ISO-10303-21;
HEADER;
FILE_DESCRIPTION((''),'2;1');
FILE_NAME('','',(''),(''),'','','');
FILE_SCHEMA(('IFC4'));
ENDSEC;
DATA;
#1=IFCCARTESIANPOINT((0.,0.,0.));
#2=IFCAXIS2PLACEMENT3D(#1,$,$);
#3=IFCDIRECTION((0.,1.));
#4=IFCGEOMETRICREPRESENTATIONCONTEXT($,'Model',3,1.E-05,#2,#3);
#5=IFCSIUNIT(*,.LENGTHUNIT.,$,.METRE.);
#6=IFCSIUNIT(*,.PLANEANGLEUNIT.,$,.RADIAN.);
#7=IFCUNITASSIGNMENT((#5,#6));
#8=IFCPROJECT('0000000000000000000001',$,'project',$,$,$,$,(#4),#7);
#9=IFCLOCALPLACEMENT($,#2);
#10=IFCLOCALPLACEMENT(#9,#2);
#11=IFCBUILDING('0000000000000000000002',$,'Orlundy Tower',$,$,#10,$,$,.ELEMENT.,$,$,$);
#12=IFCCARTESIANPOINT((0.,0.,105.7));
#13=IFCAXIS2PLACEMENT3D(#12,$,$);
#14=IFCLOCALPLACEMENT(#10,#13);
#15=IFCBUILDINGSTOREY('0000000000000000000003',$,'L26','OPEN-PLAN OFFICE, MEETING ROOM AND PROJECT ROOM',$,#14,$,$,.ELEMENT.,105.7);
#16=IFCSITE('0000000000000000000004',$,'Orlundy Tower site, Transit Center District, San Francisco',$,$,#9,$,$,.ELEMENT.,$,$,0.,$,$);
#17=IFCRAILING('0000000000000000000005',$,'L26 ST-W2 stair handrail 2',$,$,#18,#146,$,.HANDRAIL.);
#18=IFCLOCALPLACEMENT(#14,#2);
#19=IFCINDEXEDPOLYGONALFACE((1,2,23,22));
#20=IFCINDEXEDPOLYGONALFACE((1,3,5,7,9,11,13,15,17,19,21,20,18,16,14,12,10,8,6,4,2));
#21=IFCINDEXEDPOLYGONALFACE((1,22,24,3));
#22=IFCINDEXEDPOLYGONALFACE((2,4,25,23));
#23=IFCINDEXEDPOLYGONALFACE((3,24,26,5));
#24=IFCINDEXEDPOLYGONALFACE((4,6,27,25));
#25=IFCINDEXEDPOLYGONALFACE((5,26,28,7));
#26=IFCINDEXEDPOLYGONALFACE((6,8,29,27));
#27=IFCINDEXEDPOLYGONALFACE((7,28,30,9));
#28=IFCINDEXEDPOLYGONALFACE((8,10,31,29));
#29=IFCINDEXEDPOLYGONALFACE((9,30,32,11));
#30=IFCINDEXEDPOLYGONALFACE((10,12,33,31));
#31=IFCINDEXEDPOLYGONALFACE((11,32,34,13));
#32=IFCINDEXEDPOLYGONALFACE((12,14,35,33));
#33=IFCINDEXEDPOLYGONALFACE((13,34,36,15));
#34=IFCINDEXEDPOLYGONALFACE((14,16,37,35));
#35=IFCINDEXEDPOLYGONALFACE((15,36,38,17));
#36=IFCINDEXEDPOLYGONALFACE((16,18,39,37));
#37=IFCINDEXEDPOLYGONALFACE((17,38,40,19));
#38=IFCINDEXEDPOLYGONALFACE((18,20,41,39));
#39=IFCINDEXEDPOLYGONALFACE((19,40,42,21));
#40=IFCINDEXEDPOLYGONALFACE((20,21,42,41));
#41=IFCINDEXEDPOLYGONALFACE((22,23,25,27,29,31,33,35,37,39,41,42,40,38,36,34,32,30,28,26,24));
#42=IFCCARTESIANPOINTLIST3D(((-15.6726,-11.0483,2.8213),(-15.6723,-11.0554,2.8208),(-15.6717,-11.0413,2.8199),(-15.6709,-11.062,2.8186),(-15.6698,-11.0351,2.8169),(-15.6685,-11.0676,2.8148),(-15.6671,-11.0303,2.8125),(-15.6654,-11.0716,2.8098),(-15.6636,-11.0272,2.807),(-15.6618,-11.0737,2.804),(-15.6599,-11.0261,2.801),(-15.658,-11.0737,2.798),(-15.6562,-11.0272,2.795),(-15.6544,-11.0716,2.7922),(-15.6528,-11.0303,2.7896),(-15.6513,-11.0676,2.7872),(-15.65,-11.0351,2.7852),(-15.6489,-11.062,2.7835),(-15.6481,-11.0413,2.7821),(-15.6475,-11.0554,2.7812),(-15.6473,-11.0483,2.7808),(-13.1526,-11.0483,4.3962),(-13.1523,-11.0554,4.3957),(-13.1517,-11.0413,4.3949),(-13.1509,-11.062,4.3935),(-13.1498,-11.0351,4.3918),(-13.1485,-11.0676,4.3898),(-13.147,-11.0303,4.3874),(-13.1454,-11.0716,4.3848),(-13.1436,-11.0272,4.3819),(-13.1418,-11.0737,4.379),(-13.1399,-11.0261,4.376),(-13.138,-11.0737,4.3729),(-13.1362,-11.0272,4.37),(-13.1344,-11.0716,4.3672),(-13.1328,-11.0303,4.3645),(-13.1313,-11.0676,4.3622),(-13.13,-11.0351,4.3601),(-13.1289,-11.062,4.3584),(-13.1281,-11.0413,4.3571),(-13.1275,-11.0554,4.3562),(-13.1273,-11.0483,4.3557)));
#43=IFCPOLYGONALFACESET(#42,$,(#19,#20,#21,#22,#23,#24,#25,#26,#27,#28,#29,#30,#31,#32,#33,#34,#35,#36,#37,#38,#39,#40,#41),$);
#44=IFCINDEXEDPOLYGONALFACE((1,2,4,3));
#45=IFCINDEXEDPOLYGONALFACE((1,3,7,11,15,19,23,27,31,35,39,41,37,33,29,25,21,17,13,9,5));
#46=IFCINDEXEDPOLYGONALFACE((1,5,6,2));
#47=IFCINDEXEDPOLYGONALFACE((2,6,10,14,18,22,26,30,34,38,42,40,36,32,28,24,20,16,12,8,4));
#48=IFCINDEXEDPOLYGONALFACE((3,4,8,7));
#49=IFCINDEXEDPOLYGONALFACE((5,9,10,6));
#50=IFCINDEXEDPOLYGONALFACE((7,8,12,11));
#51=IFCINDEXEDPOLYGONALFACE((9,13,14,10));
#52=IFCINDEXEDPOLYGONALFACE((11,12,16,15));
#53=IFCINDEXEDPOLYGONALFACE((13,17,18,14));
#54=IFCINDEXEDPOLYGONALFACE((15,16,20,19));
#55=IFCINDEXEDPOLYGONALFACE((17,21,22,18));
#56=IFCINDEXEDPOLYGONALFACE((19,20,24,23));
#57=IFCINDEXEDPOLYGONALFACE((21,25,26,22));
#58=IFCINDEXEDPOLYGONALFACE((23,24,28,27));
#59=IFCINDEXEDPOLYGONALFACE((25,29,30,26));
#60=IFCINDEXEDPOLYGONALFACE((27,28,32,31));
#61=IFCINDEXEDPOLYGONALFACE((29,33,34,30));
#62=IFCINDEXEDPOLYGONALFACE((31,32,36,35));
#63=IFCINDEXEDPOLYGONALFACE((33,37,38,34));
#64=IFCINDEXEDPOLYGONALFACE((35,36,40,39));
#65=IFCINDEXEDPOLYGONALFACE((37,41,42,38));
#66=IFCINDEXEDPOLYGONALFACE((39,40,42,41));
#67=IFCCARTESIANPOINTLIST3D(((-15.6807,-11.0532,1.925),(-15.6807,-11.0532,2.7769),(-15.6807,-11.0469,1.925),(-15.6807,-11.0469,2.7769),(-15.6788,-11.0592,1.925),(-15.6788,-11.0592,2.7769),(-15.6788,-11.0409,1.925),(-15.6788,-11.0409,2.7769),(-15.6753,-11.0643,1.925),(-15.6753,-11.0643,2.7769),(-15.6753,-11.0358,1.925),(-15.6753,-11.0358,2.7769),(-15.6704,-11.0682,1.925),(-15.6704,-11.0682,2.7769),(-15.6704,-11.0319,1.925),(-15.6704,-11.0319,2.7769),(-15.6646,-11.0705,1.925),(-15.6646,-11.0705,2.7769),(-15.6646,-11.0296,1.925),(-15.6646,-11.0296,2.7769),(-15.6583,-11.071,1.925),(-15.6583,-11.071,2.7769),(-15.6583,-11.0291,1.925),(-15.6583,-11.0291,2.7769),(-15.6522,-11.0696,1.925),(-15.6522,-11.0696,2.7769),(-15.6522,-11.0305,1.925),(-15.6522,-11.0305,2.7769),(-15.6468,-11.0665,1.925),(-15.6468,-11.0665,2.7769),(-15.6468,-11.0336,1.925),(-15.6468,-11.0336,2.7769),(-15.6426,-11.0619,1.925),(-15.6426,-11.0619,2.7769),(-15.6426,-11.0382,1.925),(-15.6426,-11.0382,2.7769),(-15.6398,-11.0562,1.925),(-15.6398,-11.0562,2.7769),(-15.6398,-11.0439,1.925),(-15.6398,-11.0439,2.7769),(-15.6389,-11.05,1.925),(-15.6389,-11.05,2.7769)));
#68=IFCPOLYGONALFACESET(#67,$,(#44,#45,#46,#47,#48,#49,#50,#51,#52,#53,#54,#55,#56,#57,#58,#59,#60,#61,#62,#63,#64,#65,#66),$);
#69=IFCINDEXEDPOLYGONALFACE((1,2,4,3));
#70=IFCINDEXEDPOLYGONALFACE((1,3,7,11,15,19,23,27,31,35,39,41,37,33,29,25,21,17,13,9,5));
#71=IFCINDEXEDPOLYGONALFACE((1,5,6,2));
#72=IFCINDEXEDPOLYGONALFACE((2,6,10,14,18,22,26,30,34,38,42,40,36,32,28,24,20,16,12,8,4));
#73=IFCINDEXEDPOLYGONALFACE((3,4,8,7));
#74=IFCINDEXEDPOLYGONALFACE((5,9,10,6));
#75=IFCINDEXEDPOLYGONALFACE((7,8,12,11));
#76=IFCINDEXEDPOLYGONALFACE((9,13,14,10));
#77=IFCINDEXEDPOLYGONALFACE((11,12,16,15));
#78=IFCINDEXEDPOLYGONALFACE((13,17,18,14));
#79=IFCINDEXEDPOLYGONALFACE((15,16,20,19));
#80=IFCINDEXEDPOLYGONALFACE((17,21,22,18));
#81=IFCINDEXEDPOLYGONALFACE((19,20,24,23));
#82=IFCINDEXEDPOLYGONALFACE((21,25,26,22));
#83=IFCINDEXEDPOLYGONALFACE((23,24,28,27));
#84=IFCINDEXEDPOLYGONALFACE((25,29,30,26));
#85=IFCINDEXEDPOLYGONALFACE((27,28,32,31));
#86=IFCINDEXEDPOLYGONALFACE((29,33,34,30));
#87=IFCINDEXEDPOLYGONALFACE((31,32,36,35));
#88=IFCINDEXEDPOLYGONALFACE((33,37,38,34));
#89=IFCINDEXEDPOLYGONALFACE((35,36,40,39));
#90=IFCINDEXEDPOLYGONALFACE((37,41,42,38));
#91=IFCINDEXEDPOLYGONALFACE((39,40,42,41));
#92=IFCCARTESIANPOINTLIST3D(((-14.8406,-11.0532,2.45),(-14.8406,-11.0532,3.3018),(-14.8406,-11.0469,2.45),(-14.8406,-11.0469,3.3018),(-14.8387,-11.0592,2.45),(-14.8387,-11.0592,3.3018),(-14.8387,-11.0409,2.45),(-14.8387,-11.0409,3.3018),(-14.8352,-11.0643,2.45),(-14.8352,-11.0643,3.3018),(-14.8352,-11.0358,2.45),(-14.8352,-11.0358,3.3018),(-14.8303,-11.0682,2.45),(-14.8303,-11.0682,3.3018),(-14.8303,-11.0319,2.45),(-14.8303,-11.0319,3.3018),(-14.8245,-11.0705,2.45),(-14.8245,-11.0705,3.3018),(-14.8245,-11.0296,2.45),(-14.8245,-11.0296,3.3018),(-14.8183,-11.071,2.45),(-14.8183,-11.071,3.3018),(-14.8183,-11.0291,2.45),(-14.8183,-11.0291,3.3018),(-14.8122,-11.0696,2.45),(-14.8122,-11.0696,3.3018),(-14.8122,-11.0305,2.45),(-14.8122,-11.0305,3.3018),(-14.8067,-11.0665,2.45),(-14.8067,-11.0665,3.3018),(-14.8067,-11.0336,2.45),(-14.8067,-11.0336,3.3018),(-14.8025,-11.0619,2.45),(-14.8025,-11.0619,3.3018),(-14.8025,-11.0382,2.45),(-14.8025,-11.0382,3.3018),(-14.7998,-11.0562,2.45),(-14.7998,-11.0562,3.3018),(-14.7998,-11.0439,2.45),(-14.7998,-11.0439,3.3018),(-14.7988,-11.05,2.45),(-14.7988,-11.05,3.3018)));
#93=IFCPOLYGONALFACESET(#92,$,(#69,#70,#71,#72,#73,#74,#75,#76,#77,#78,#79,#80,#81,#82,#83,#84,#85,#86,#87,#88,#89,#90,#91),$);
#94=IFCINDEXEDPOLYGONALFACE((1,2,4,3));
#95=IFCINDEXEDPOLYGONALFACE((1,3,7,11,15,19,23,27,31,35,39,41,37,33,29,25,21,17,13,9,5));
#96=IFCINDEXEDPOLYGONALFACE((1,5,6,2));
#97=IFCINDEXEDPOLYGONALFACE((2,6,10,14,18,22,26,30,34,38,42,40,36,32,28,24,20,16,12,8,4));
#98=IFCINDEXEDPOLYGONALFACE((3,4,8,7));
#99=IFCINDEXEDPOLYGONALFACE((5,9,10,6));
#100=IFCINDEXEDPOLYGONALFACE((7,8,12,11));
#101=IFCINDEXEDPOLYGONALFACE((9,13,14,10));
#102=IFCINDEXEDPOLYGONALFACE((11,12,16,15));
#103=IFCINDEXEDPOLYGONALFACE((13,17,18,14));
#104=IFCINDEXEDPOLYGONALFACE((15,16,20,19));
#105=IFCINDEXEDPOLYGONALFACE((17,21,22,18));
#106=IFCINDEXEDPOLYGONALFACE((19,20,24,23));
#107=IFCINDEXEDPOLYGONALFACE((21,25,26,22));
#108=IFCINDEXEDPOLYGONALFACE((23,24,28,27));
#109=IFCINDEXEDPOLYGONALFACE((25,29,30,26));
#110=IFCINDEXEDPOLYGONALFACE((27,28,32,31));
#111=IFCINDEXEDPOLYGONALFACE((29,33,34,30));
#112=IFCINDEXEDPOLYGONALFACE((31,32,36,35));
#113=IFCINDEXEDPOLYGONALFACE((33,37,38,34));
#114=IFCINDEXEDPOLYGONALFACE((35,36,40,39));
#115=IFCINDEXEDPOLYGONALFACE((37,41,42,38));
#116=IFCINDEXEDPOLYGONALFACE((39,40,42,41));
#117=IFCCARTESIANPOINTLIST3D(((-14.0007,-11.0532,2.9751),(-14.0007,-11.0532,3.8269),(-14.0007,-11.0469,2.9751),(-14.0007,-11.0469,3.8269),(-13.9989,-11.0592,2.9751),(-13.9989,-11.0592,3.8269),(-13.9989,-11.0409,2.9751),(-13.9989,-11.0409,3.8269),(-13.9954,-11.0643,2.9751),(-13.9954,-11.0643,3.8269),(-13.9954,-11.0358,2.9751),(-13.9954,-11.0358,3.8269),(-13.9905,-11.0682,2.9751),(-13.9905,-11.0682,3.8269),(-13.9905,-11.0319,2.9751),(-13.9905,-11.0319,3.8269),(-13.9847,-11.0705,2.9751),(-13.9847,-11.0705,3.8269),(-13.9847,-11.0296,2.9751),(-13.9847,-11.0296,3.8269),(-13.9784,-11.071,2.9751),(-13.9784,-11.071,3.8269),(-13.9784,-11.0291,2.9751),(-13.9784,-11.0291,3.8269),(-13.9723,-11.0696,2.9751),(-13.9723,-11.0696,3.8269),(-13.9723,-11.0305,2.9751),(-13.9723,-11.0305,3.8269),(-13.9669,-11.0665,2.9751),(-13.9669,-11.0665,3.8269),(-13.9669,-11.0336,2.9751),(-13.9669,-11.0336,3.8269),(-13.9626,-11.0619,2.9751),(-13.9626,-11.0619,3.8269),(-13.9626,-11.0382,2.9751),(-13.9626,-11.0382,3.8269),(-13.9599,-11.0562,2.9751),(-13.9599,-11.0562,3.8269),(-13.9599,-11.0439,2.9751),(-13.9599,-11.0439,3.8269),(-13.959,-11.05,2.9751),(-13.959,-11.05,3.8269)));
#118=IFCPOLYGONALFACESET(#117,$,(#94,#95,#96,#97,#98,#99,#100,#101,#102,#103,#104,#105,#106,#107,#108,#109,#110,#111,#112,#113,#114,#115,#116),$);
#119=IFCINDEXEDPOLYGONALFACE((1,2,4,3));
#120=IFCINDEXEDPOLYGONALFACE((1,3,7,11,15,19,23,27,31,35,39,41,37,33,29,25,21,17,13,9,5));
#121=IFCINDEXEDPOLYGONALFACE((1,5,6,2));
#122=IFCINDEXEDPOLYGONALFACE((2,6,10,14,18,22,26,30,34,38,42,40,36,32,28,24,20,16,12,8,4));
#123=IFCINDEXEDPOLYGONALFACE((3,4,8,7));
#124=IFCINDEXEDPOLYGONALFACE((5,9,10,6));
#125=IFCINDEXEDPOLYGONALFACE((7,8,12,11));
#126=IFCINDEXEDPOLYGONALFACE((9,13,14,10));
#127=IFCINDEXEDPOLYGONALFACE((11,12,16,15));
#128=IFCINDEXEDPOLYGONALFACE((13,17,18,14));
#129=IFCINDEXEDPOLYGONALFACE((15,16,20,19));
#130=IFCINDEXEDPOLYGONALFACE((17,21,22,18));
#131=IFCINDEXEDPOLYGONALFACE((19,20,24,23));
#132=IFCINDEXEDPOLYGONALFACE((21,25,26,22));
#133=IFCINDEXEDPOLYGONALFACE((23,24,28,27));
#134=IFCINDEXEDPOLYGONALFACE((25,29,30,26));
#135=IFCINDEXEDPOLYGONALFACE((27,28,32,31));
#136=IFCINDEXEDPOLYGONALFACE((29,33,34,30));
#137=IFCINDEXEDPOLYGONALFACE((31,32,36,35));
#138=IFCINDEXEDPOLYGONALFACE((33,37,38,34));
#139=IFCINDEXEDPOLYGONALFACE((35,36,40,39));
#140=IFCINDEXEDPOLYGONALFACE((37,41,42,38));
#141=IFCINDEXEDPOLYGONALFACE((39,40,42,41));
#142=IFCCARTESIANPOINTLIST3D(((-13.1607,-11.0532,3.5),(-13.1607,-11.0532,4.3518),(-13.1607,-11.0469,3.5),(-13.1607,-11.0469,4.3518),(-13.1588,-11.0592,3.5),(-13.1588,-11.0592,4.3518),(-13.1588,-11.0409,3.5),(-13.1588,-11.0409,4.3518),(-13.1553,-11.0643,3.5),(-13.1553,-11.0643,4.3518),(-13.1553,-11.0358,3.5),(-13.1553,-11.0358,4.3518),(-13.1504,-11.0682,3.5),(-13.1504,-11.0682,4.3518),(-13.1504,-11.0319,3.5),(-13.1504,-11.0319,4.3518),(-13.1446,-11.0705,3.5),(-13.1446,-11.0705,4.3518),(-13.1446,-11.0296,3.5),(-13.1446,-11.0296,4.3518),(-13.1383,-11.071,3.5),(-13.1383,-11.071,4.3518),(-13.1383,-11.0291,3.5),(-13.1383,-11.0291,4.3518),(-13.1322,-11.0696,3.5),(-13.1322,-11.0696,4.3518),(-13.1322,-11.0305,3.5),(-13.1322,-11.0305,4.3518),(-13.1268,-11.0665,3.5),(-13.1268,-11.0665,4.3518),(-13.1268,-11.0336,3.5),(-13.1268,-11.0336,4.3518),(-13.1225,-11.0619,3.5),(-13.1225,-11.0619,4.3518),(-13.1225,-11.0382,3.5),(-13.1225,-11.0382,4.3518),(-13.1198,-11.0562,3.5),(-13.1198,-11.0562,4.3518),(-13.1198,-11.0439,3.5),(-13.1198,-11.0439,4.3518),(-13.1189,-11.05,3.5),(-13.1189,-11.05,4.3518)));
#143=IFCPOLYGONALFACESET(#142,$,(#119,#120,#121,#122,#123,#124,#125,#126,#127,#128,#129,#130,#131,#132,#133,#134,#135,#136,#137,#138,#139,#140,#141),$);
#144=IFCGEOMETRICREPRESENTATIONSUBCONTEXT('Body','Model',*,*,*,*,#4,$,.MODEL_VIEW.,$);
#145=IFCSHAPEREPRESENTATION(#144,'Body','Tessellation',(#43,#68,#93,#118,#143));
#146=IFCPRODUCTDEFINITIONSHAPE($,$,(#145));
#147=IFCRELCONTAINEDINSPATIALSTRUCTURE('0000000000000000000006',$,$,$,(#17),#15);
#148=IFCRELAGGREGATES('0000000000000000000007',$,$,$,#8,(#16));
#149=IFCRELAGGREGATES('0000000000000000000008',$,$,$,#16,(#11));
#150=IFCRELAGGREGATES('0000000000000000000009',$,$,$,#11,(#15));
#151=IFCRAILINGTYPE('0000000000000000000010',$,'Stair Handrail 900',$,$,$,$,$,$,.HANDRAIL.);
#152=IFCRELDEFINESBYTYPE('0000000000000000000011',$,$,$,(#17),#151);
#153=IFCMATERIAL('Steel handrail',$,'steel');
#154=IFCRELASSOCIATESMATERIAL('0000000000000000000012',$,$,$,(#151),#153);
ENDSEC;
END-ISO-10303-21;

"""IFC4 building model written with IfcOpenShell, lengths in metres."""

from ifc_helpers import new_model, si_unit, direction, frame, origin, origin_2d, place, context, subcontext, project, spatial, circle, extrude, material, type_object, element, save


model = new_model("IFC4")

# Units and contexts
model_context = context("Model", 3, precision=1e-05, world=origin(), true_north=direction((0.0, 1.0)))
body_context = subcontext(model_context, "Body", "Model", "MODEL_VIEW")
ifc_project = project(units=[si_unit("LENGTHUNIT", "METRE"), si_unit("PLANEANGLEUNIT", "RADIAN")], contexts=[model_context])

# Site, building, storey
site_placement = place(None, origin())
site = spatial("IfcSite", under=ifc_project, at=site_placement, Name="Orlundy Tower site, Transit Center District, San Francisco", CompositionType="ELEMENT", RefElevation=0.0)
building_placement = place(site_placement, origin())
building = spatial("IfcBuilding", under=site, at=building_placement, Name="Orlundy Tower", CompositionType="ELEMENT")
storey_placement = place(building_placement, frame((0.0, 0.0, 105.7)))
storey = spatial("IfcBuildingStorey", under=building, at=storey_placement, Name="L26", Description="OPEN-PLAN OFFICE, MEETING ROOM AND PROJECT ROOM", CompositionType="ELEMENT", Elevation=105.7)

# Railing
ifc_material_1 = material(Name="Steel handrail", Category="steel")
railing_type_1 = type_object("IfcRailingType", Name="Stair Handrail 900", PredefinedType="HANDRAIL", material=ifc_material_1)
railing_1_placement = place(storey_placement, frame((-15.6599, -11.05, 1.925)))
element("IfcRailing", 1, at=railing_1_placement, inside=storey, type_object=railing_type_1, Name="L26 ST-W2 stair handrail 2", PredefinedType="HANDRAIL", context=body_context, shape_type="SweptSolid", body=[
    extrude(circle(Radius=0.0239, at=origin_2d()), frame((0.0, 0.0, 0.876), z_axis=(0.848008, 0.0, 0.529984), x_axis=(0.0, 1.0, 0.0)), (0.0, 0.0, 1.0), 2.9717),
    extrude(circle(Radius=0.021, at=origin_2d()), origin(), (0.0, 0.0, 1.0), 0.8518),
    extrude(circle(Radius=0.021, at=origin_2d()), frame((0.8401, 0.0, 0.5249)), (0.0, 0.0, 1.0), 0.8518),
    extrude(circle(Radius=0.021, at=origin_2d()), frame((1.6799, 0.0, 1.05)), (0.0, 0.0, 1.0), 0.8518),
    extrude(circle(Radius=0.021, at=origin_2d()), frame((2.52, 0.0, 1.575)), (0.0, 0.0, 1.0), 0.8518),
])

save(model, "model.ifc")
